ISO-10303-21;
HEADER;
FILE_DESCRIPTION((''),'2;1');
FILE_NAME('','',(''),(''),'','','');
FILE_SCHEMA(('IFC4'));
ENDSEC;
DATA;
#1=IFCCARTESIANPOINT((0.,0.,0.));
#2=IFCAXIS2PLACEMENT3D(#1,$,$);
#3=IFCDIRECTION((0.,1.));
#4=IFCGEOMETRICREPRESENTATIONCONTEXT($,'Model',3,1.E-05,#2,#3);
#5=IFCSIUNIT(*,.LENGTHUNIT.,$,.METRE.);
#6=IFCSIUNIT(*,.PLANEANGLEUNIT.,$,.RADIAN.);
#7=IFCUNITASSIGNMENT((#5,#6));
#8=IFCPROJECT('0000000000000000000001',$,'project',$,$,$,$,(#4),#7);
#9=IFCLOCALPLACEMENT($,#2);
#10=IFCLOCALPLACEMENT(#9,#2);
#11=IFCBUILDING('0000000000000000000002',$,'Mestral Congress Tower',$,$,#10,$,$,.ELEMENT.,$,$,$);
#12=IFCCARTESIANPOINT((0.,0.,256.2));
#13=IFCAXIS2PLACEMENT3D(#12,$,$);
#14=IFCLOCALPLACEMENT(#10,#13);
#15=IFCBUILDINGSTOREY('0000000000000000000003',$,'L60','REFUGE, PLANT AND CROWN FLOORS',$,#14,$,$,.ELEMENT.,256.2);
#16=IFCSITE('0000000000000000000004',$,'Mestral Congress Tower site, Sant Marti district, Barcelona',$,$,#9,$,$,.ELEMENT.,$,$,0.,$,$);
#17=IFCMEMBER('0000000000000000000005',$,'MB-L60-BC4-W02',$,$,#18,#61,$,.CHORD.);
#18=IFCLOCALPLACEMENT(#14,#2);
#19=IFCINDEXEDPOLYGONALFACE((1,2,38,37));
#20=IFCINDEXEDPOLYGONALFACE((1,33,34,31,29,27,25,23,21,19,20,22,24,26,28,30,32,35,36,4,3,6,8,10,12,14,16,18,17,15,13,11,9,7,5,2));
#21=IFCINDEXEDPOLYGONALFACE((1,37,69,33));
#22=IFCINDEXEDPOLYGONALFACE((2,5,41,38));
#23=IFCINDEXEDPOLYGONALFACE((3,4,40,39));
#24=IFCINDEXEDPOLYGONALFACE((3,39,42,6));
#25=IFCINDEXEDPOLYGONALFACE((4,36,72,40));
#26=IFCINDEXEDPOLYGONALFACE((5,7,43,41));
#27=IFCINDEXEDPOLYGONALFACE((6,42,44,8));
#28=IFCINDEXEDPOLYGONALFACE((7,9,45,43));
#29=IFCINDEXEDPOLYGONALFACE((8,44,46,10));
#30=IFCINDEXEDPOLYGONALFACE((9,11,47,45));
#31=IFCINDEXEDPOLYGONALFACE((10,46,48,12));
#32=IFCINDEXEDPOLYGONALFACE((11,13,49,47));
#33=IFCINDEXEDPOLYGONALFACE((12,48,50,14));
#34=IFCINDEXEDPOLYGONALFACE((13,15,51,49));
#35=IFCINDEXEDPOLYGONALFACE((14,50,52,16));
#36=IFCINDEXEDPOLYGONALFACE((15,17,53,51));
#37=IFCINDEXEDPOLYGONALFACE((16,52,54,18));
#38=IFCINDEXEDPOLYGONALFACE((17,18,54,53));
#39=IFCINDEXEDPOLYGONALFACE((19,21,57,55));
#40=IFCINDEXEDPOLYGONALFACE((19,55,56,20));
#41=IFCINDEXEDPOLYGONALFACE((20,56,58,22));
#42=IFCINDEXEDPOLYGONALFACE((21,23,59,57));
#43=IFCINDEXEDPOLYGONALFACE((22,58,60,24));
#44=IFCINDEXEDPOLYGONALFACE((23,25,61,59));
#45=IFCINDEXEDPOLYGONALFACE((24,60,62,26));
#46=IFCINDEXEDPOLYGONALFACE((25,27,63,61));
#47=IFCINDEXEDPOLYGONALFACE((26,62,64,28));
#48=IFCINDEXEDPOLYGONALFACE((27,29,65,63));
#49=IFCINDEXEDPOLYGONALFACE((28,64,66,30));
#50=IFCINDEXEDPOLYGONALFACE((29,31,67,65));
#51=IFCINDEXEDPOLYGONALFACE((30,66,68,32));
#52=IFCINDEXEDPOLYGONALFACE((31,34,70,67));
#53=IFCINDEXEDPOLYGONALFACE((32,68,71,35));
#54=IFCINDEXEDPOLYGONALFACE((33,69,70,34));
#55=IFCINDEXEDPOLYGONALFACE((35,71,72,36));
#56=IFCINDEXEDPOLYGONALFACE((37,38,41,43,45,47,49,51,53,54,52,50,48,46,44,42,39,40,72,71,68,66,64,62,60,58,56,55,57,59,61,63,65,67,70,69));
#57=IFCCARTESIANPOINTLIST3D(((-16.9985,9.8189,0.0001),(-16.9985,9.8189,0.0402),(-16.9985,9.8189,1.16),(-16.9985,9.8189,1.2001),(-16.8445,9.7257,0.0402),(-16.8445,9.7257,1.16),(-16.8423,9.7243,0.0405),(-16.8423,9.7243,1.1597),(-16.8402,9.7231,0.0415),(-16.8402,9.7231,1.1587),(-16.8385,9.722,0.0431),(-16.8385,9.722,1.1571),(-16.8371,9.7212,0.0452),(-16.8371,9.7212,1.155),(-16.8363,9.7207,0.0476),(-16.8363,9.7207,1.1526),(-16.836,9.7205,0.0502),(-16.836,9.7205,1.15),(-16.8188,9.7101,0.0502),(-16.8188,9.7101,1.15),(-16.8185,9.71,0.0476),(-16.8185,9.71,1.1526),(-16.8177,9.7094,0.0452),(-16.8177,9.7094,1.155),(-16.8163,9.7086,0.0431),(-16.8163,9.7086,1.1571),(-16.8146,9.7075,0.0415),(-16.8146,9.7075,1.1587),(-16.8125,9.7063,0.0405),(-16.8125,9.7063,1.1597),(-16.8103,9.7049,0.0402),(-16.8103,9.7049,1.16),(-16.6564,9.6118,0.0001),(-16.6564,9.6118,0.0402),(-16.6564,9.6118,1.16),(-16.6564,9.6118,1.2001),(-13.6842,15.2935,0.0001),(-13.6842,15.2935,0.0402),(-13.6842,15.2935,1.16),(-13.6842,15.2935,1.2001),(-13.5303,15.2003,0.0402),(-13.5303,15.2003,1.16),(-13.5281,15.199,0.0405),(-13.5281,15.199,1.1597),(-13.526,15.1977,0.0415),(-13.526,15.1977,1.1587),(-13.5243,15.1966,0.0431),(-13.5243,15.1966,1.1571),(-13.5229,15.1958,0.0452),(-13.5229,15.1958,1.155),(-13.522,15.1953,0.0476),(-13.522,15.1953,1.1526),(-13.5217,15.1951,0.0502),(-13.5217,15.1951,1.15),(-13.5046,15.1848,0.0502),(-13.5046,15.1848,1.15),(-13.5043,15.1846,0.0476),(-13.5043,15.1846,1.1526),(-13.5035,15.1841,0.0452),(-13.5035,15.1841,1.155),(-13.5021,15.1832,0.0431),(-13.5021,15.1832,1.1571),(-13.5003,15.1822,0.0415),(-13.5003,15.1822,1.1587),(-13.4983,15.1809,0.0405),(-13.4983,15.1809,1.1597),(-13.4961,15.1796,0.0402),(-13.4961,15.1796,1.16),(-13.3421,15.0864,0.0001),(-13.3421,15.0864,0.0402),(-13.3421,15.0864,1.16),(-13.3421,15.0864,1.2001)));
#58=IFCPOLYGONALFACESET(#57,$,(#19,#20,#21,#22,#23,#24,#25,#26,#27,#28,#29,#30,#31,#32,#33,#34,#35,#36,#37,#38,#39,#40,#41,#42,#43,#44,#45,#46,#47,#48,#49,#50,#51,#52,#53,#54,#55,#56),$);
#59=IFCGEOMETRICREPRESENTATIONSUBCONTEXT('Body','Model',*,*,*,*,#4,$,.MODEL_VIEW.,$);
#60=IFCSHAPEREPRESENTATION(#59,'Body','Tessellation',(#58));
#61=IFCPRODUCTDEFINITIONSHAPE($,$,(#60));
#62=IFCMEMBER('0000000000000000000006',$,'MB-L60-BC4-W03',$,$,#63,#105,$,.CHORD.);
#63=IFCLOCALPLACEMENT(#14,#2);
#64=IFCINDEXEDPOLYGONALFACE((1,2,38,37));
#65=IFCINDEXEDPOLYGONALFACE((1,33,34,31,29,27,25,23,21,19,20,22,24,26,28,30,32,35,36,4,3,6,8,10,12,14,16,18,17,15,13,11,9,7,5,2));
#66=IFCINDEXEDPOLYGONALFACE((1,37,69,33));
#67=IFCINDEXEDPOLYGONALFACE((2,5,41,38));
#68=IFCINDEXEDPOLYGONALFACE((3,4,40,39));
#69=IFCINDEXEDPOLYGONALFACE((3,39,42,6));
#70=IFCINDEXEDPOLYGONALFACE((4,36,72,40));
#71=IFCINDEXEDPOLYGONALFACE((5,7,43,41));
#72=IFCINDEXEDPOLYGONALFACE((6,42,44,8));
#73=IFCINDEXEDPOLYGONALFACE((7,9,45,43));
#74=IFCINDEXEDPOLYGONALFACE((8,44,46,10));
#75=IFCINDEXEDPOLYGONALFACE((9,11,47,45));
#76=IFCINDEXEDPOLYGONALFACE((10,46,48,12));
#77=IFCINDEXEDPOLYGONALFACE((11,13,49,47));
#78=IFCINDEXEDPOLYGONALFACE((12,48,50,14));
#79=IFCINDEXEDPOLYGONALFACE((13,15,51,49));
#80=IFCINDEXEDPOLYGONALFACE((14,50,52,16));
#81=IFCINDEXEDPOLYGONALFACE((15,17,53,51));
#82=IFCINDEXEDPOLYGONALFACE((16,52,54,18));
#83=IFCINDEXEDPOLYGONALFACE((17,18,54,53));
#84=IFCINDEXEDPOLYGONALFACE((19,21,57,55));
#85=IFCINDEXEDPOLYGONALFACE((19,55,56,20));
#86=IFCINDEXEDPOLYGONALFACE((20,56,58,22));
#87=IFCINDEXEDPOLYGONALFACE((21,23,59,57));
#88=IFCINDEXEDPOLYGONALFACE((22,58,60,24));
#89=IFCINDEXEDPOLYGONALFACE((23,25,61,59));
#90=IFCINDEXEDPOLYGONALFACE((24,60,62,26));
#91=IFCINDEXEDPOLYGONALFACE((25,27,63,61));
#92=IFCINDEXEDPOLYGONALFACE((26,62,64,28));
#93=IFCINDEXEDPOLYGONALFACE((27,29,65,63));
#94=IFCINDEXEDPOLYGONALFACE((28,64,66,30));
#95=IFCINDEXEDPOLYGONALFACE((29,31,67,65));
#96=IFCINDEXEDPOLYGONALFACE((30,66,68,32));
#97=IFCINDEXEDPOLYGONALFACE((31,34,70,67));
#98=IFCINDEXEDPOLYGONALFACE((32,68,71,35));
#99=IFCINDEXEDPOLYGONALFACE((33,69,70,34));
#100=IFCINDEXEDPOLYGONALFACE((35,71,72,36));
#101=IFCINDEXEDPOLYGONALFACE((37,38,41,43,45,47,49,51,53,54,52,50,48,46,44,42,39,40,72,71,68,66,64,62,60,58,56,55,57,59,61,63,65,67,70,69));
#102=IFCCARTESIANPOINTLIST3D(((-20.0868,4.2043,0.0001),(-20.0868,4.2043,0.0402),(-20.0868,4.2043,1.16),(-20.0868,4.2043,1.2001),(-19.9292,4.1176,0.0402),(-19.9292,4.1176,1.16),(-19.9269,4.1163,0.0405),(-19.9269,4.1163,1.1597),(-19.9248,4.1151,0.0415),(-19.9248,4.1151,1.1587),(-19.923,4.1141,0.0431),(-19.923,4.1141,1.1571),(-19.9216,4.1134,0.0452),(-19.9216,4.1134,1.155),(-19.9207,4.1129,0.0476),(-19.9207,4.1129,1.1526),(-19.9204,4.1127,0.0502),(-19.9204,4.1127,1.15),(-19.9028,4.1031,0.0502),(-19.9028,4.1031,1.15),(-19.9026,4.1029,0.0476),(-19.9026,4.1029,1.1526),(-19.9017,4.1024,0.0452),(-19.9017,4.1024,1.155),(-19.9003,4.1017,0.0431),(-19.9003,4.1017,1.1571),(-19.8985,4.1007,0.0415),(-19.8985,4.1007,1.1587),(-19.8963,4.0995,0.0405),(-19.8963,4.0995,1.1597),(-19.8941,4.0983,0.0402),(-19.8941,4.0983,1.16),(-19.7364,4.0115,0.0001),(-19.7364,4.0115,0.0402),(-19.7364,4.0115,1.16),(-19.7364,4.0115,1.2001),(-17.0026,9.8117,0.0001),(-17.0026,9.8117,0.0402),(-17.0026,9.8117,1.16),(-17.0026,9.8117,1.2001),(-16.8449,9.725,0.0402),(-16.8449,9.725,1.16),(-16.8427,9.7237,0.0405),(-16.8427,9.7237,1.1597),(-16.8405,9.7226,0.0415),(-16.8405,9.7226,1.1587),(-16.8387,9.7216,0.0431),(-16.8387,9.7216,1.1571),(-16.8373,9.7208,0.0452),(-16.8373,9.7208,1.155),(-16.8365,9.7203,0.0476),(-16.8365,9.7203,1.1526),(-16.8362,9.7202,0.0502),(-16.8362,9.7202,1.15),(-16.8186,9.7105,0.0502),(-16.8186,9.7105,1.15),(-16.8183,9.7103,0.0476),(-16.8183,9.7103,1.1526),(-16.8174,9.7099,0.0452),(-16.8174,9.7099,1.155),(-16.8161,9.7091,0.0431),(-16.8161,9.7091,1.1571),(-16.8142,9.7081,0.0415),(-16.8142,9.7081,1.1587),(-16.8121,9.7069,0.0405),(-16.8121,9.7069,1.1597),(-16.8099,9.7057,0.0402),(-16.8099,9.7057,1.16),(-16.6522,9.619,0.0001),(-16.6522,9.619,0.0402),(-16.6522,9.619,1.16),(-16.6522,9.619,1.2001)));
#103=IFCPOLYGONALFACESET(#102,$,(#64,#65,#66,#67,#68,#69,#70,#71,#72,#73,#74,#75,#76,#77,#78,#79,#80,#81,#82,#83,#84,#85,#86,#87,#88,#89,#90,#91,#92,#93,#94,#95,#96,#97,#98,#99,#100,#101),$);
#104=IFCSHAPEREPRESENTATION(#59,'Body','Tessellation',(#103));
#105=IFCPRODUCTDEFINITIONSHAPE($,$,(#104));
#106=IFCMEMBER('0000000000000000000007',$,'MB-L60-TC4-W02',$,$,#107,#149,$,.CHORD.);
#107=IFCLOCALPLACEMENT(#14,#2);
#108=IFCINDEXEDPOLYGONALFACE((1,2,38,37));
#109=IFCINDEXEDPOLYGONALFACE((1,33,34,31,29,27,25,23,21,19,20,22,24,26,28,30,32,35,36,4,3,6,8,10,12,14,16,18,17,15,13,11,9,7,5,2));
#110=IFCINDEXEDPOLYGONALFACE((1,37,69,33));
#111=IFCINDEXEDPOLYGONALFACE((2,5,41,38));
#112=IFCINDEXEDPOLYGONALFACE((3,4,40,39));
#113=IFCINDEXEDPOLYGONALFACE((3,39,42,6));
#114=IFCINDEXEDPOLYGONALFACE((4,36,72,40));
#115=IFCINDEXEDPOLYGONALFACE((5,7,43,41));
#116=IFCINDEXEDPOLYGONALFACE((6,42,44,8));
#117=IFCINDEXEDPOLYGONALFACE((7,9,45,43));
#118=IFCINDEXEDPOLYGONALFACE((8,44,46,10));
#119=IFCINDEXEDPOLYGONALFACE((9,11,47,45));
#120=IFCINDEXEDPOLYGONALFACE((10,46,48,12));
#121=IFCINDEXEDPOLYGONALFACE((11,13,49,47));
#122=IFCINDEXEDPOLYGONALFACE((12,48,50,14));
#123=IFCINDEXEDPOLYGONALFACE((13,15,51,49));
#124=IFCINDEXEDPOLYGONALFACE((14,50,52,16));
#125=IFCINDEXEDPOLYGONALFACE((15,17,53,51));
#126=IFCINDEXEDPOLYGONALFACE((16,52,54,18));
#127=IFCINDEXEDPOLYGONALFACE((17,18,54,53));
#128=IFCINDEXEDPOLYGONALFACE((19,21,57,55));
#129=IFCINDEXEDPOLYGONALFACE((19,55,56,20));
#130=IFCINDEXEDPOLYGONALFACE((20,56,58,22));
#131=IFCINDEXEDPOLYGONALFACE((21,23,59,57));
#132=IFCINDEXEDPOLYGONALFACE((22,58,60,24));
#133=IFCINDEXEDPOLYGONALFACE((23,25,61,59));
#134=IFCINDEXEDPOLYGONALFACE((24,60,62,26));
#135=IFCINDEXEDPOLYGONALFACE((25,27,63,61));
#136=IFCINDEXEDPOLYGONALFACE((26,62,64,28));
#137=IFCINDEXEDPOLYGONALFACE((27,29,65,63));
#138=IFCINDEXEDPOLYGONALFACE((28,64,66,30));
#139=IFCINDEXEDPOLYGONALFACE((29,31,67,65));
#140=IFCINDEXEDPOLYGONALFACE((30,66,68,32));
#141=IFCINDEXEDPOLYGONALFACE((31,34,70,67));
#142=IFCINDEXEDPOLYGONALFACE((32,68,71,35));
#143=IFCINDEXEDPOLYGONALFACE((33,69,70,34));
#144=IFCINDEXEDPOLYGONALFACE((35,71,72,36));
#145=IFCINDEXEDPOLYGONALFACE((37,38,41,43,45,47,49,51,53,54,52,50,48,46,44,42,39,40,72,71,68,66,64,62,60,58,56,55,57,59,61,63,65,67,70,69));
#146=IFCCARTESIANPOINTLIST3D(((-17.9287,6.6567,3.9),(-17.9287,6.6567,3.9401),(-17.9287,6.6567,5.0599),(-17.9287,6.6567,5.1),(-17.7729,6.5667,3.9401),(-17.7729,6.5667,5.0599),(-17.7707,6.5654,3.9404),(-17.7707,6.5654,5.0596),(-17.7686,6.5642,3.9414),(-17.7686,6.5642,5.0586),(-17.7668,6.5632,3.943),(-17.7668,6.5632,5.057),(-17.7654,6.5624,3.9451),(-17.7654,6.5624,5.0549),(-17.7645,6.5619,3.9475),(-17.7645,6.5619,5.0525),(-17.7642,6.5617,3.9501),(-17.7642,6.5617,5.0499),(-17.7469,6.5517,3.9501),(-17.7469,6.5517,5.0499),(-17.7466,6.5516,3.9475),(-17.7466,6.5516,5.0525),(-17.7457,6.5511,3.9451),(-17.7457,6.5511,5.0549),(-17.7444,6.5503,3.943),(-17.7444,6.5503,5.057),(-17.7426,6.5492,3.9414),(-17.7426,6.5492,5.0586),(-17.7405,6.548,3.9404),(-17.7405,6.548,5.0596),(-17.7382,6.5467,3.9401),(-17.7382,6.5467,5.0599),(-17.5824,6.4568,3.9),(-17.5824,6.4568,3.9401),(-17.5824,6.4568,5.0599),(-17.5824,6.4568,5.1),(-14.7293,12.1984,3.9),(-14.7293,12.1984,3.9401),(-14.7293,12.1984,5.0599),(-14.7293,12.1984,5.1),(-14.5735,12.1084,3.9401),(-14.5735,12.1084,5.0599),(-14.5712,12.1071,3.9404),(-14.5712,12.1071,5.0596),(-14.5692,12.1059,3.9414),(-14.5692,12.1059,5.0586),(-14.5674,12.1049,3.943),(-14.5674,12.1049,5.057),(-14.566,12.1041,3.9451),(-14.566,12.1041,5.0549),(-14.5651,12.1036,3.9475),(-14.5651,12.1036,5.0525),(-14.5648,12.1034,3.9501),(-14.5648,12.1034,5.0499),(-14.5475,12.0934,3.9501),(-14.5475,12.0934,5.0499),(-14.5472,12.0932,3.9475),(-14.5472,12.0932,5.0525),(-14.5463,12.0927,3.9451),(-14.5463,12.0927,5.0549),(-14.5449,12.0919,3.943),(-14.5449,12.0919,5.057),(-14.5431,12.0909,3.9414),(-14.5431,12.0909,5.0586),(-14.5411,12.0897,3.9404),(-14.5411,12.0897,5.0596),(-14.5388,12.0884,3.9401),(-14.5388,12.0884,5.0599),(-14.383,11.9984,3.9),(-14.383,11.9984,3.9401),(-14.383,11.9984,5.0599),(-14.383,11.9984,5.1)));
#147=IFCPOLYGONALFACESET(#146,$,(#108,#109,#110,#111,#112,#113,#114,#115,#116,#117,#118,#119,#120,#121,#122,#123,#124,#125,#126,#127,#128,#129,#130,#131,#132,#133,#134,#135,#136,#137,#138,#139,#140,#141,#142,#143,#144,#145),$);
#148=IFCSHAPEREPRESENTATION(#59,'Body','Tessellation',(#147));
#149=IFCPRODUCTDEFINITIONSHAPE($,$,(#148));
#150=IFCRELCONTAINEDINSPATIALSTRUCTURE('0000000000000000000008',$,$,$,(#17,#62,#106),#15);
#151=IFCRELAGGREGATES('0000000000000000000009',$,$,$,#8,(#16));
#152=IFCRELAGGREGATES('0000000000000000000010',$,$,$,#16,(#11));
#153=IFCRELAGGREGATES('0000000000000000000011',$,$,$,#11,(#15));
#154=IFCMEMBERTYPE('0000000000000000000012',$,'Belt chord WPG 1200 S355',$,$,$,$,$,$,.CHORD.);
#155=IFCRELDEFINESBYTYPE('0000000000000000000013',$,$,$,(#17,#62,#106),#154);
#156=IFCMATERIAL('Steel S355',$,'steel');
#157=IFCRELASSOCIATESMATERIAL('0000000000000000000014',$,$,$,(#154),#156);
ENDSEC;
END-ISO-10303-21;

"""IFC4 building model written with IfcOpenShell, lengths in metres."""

from ifc_helpers import new_model, si_unit, direction, frame, origin, origin_2d, place, context, subcontext, project, spatial, i_section, extrude, material, material_profile, profile_set, type_object, element, save


model = new_model("IFC4")

# Units and contexts
model_context = context("Model", 3, precision=1e-05, world=origin(), true_north=direction((0.0, 1.0)))
body_context = subcontext(model_context, "Body", "Model", "MODEL_VIEW")
ifc_project = project(units=[si_unit("LENGTHUNIT", "METRE"), si_unit("PLANEANGLEUNIT", "RADIAN")], contexts=[model_context])

# Site, building, storey
site_placement = place(None, origin())
site = spatial("IfcSite", under=ifc_project, at=site_placement, Name="Mestral Congress Tower site, Sant Marti district, Barcelona", CompositionType="ELEMENT", RefElevation=0.0)
building_placement = place(site_placement, origin())
building = spatial("IfcBuilding", under=site, at=building_placement, Name="Mestral Congress Tower", CompositionType="ELEMENT")
storey_placement = place(building_placement, frame((0.0, 0.0, 256.2)))
storey = spatial("IfcBuildingStorey", under=building, at=storey_placement, Name="L60", Description="REFUGE, PLANT AND CROWN FLOORS", CompositionType="ELEMENT", Elevation=256.2)

# Members
ifc_material_1 = material(Name="Steel S355", Category="steel")
ifc_material_profile_1 = material_profile(ifc_material_1, i_section(OverallWidth=0.3999, OverallDepth=1.2, WebThickness=0.02, FlangeThickness=0.04, FilletRadius=0.01, at=origin_2d()), Name="WPG 1200")
ifc_profile_set_1 = profile_set([ifc_material_profile_1], Name="Steel S355")
member_type_1 = type_object("IfcMemberType", Name="Belt chord WPG 1200 S355", PredefinedType="CHORD", material=ifc_profile_set_1)
for number, where, z_axis, x_axis, name in (
    (1, (-13.5132, 15.1899, 0.6001), (-0.517875, -0.855456, 0.0), (0.855456, -0.517875, 0.0), "MB-L60-BC4-W02"),
    (2, (-16.8274, 9.7153, 0.6001), (-0.481936, -0.876206, 0.0), (0.876206, -0.481936, 0.0), "MB-L60-BC4-W03"),
):
    element("IfcMember", number, at=place(storey_placement, frame(where, z_axis=z_axis, x_axis=x_axis)), inside=storey, type_object=member_type_1, Name=name, PredefinedType="CHORD", context=body_context, shape_type="SweptSolid", body=[
        extrude(i_section(OverallWidth=0.3999, OverallDepth=1.2, WebThickness=0.02, FlangeThickness=0.04, FilletRadius=0.01, at=origin_2d()), origin(), (0.0, 0.0, 1.0), 6.3997),
    ])
member_1_placement = place(storey_placement, frame((-14.5562, 12.0984, 4.5), z_axis=(-0.499992, -0.86603, 0.0), x_axis=(0.86603, -0.499992, 0.0)))
element("IfcMember", 3, at=member_1_placement, inside=storey, type_object=member_type_1, Name="MB-L60-TC4-W02", PredefinedType="CHORD", context=body_context, shape_type="SweptSolid", body=[
    extrude(i_section(OverallWidth=0.3999, OverallDepth=1.2, WebThickness=0.02, FlangeThickness=0.04, FilletRadius=0.01, at=origin_2d()), origin(), (0.0, 0.0, 1.0), 6.3989),
])

save(model, "model.ifc")
